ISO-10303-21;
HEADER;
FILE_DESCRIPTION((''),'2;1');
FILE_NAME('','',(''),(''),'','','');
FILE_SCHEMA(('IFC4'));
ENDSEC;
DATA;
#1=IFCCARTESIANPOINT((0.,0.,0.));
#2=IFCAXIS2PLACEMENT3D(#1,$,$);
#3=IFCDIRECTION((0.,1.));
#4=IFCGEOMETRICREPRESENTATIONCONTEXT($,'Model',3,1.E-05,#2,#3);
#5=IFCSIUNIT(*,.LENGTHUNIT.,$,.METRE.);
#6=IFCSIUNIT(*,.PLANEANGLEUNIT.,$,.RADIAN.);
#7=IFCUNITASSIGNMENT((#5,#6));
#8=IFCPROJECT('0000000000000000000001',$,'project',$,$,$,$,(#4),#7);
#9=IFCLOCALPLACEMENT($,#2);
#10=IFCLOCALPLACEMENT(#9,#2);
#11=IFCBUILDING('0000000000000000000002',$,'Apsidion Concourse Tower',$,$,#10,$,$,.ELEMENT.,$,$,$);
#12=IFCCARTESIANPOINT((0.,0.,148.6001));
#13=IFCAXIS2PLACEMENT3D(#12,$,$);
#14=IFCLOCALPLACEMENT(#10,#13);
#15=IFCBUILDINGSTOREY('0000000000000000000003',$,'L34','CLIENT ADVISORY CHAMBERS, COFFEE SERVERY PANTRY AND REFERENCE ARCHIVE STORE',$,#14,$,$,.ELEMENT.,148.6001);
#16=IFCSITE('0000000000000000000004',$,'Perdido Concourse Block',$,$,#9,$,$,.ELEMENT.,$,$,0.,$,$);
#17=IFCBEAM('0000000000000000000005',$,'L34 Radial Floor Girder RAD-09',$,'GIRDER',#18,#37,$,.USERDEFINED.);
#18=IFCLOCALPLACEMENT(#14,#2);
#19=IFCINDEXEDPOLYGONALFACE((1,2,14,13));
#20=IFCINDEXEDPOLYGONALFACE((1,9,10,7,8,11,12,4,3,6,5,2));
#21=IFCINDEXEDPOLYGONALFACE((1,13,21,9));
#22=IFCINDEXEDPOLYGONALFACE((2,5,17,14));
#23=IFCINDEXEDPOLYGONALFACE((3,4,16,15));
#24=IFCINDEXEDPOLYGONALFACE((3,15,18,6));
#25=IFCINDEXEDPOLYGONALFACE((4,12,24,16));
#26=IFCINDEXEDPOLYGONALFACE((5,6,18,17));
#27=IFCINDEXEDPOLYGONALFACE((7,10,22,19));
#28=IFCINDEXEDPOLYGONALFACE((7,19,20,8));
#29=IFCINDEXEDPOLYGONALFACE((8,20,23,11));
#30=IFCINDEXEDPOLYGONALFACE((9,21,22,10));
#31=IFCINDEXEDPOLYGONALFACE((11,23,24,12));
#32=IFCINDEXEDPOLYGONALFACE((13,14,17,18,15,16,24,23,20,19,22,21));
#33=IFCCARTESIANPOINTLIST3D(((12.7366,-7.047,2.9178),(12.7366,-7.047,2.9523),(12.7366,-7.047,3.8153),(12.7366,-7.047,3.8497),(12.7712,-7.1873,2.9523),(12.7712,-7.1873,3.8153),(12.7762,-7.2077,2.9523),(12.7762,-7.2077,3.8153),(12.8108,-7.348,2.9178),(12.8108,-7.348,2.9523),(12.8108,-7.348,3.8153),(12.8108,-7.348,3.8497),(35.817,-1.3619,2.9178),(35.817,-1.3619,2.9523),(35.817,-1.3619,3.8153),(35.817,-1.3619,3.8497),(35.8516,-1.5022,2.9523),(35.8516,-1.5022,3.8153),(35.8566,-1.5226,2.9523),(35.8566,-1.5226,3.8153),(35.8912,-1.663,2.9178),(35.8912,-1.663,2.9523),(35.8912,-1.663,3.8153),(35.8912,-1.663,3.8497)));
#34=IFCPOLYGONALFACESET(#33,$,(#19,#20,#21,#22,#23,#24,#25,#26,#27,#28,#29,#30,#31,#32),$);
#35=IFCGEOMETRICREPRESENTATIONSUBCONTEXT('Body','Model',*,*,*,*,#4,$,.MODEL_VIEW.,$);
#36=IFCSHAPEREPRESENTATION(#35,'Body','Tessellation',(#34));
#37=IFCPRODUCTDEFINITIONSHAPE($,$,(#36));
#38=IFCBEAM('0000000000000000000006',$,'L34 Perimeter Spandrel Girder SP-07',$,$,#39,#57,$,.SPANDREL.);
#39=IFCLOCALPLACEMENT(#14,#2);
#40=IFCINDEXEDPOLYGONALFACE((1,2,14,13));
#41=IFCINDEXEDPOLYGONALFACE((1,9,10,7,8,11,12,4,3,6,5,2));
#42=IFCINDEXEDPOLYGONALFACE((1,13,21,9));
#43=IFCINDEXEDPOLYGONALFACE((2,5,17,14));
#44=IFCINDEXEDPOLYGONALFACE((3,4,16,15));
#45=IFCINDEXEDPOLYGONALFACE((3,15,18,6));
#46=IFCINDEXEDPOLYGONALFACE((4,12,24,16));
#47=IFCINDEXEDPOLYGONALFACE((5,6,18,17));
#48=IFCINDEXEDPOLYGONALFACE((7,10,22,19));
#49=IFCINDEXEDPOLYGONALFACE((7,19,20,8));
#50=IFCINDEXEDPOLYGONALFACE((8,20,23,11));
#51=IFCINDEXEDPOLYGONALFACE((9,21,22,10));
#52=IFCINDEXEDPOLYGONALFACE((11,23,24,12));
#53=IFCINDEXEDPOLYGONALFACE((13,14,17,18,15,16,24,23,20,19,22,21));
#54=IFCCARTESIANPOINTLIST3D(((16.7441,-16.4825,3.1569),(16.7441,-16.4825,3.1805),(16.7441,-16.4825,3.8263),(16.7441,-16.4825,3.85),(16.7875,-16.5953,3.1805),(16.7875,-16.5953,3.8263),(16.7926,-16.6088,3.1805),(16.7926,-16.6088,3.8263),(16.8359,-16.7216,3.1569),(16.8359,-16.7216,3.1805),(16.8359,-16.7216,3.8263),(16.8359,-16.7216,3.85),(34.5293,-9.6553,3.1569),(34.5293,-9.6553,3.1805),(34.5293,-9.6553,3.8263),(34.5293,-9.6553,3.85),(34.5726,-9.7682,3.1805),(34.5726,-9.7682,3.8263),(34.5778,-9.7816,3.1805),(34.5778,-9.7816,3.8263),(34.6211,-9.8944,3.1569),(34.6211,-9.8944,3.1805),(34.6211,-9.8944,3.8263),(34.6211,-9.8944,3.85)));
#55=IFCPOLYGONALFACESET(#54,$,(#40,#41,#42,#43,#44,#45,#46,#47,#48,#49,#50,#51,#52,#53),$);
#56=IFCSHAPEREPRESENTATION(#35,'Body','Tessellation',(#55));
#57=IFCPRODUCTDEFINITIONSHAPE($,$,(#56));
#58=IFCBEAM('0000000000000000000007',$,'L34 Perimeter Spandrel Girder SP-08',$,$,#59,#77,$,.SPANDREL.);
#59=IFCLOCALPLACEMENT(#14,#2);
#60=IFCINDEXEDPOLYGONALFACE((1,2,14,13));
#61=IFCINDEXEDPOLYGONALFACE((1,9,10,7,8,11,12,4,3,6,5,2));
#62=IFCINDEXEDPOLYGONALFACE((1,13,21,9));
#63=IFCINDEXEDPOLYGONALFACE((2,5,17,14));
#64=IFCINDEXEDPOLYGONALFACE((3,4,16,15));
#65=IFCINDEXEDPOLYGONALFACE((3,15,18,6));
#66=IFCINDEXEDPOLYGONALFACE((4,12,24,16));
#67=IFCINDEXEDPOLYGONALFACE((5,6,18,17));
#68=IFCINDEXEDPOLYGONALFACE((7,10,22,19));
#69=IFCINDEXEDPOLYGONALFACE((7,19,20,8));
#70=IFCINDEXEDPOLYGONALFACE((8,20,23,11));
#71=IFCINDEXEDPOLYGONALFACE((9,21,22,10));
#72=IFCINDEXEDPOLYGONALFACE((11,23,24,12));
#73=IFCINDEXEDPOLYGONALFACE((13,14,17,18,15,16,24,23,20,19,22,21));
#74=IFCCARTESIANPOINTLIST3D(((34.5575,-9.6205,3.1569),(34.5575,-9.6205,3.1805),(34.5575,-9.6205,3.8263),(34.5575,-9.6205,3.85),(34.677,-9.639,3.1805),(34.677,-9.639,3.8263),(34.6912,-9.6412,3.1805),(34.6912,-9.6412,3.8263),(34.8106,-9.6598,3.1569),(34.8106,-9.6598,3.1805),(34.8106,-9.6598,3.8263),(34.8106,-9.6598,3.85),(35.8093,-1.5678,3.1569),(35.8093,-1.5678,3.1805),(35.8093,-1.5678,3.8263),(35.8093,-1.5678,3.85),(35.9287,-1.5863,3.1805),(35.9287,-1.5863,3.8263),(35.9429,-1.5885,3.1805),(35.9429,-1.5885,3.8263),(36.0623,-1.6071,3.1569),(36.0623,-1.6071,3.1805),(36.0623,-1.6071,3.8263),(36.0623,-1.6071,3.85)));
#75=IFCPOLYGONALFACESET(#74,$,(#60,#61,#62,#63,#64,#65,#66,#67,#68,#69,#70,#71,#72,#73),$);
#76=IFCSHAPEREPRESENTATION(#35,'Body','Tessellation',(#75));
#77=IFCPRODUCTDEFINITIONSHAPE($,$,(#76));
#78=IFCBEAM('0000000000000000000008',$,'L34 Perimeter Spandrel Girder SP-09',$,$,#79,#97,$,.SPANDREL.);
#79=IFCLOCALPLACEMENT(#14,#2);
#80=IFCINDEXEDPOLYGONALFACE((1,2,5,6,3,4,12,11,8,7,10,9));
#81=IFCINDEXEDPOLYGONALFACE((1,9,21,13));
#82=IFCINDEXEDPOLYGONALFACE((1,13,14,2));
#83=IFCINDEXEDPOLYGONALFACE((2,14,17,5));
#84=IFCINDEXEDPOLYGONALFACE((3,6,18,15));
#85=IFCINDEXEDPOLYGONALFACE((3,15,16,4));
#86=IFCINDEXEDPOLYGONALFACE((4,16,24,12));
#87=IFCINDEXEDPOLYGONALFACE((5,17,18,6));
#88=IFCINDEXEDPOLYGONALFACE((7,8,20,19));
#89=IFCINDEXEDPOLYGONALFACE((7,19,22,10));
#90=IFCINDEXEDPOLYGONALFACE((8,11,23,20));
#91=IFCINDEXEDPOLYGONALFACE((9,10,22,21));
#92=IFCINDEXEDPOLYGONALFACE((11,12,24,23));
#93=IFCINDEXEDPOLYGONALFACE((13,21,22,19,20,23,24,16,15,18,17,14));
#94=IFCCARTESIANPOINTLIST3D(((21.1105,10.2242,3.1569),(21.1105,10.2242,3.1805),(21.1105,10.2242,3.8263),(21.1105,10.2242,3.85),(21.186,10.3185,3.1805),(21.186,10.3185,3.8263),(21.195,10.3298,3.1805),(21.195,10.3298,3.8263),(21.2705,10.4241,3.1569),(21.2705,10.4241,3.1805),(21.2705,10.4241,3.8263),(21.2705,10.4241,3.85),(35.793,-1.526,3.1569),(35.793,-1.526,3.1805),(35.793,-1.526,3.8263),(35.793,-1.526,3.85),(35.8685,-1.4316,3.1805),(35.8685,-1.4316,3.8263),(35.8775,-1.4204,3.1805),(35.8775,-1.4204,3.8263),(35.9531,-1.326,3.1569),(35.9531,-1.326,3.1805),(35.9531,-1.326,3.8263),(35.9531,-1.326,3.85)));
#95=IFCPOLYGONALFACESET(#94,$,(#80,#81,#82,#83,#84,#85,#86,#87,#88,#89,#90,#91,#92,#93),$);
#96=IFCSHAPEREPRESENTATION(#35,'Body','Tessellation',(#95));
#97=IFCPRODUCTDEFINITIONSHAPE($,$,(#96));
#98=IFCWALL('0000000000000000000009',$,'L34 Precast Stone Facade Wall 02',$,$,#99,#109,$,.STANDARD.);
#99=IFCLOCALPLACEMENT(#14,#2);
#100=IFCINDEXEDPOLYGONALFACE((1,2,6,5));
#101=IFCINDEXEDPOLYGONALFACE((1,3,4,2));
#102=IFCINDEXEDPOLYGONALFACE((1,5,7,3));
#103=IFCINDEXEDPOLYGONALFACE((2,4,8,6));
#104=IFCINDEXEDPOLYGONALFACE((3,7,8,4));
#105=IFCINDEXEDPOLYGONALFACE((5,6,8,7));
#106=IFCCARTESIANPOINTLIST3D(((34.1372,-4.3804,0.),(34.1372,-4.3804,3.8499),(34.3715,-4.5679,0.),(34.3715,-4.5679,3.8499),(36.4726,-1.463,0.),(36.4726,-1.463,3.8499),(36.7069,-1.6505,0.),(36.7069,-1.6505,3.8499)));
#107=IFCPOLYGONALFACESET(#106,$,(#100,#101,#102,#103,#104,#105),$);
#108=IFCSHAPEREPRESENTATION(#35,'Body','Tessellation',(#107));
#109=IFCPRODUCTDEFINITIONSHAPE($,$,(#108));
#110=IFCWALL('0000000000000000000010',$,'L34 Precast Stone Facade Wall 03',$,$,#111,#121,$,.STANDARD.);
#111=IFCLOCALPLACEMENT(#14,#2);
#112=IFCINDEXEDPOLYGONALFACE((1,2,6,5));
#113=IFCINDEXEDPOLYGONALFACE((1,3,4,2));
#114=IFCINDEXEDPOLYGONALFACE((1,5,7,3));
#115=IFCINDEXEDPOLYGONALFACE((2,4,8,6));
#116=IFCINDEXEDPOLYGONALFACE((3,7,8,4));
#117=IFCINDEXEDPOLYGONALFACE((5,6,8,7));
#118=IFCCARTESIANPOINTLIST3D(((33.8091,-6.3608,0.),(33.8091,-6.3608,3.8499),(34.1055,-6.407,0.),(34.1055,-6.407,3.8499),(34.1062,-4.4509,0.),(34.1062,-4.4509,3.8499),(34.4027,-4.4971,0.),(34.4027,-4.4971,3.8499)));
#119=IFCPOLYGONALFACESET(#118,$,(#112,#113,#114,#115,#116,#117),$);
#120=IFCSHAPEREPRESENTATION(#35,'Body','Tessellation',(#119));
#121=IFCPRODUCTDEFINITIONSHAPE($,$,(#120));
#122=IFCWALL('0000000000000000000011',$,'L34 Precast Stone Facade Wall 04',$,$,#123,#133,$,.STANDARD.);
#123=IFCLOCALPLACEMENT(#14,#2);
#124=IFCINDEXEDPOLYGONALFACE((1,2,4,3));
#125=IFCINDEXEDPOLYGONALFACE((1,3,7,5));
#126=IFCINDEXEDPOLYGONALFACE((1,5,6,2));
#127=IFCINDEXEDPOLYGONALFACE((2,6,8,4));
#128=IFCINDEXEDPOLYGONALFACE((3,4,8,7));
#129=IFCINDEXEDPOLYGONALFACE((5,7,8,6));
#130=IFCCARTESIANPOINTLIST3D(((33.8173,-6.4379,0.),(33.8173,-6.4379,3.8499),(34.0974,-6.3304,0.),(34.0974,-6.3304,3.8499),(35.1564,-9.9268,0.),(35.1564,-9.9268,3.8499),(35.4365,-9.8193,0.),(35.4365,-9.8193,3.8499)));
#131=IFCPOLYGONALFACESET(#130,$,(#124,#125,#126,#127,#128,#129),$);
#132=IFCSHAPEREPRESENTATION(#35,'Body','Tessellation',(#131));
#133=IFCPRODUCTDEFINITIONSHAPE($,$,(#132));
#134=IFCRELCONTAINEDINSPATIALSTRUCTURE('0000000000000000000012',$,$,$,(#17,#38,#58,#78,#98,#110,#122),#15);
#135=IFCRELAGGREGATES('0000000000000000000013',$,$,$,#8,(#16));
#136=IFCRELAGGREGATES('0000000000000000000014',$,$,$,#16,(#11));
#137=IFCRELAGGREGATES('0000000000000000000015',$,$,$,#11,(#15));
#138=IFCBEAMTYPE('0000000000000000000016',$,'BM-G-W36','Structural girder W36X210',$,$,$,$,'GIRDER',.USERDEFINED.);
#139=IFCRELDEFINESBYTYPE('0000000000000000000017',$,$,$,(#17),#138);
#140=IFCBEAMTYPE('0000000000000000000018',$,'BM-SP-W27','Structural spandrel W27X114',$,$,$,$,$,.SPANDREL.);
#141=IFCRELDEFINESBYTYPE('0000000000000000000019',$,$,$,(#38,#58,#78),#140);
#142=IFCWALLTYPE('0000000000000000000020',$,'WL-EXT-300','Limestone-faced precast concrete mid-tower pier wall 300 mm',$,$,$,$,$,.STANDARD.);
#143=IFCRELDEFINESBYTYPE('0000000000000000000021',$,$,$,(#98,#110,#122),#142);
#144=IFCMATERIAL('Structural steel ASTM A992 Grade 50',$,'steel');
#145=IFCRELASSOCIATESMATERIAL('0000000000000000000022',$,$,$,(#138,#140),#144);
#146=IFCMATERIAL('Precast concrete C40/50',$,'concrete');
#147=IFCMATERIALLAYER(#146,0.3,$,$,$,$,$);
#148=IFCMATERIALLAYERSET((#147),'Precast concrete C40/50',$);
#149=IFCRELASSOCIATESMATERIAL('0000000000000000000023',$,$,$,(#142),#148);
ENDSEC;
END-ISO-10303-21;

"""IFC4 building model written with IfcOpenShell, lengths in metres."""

from ifc_helpers import new_model, si_unit, direction, frame, frame_2d, origin, origin_2d, place, context, subcontext, project, spatial, rectangle, i_section, extrude, material, layer, layer_set, material_profile, profile_set, type_object, element, save


model = new_model("IFC4")

# Units and contexts
model_context = context("Model", 3, precision=1e-05, world=origin(), true_north=direction((0.0, 1.0)))
body_context = subcontext(model_context, "Body", "Model", "MODEL_VIEW")
ifc_project = project(units=[si_unit("LENGTHUNIT", "METRE"), si_unit("PLANEANGLEUNIT", "RADIAN")], contexts=[model_context])

# Site, building, storey
site_placement = place(None, origin())
site = spatial("IfcSite", under=ifc_project, at=site_placement, Name="Perdido Concourse Block", CompositionType="ELEMENT", RefElevation=0.0)
building_placement = place(site_placement, origin())
building = spatial("IfcBuilding", under=site, at=building_placement, Name="Apsidion Concourse Tower", CompositionType="ELEMENT")
storey_placement = place(building_placement, frame((0.0, 0.0, 148.6001)))
storey = spatial("IfcBuildingStorey", under=building, at=storey_placement, Name="L34", Description="CLIENT ADVISORY CHAMBERS, COFFEE SERVERY PANTRY AND REFERENCE ARCHIVE STORE", CompositionType="ELEMENT", Elevation=148.6001)

# Shared definitions
ifc_material_1 = material(Name="Structural steel ASTM A992 Grade 50", Category="steel")

# Beams
ifc_material_profile_1 = material_profile(ifc_material_1, i_section(OverallWidth=0.3101, OverallDepth=0.9319, WebThickness=0.021, FlangeThickness=0.0344, at=origin_2d()), Name="W36X210")
ifc_profile_set_1 = profile_set([ifc_material_profile_1], Name="Structural steel ASTM A992 Grade 50")
beam_type_1 = type_object("IfcBeamType", Name="BM-G-W36", Description="Structural girder W36X210", ElementType="GIRDER", PredefinedType="USERDEFINED", material=ifc_profile_set_1)
beam_1_placement = place(storey_placement, frame((12.7737, -7.1975, 3.3838), z_axis=(0.970978, 0.239168, 0.0), x_axis=(-0.239168, 0.970978, 0.0)))
element("IfcBeam", 1, at=beam_1_placement, inside=storey, type_object=beam_type_1, Name="L34 Radial Floor Girder RAD-09", ObjectType="GIRDER", PredefinedType="USERDEFINED", context=body_context, shape_type="SweptSolid", body=[
    extrude(i_section(OverallWidth=0.3101, OverallDepth=0.9319, WebThickness=0.021, FlangeThickness=0.0344, at=origin_2d()), origin(), (0.0, 0.0, 1.0), 23.7703),
])
ifc_material_profile_2 = material_profile(ifc_material_1, i_section(OverallWidth=0.2561, OverallDepth=0.6931, WebThickness=0.0144, FlangeThickness=0.0237, at=origin_2d()), Name="W27X114")
ifc_profile_set_2 = profile_set([ifc_material_profile_2], Name="Structural steel ASTM A992 Grade 50")
beam_type_2 = type_object("IfcBeamType", Name="BM-SP-W27", Description="Structural spandrel W27X114", PredefinedType="SPANDREL", material=ifc_profile_set_2)
beam_2_placement = place(storey_placement, frame((16.79, -16.6021, 3.5034), z_axis=(0.933579, 0.358371, 0.0), x_axis=(-0.358371, 0.933579, 0.0)))
element("IfcBeam", 2, at=beam_2_placement, inside=storey, type_object=beam_type_2, Name="L34 Perimeter Spandrel Girder SP-07", PredefinedType="SPANDREL", context=body_context, shape_type="SweptSolid", body=[
    extrude(i_section(OverallWidth=0.2561, OverallDepth=0.6931, WebThickness=0.0144, FlangeThickness=0.0237, at=origin_2d()), origin(), (0.0, 0.0, 1.0), 19.0505),
])
beam_3_placement = place(storey_placement, frame((34.6841, -9.6401, 3.5034), z_axis=(0.153595, 0.988134, 0.0), x_axis=(-0.988134, 0.153595, 0.0)))
element("IfcBeam", 3, at=beam_3_placement, inside=storey, type_object=beam_type_2, Name="L34 Perimeter Spandrel Girder SP-08", PredefinedType="SPANDREL", context=body_context, shape_type="SweptSolid", body=[
    extrude(i_section(OverallWidth=0.2561, OverallDepth=0.6931, WebThickness=0.0144, FlangeThickness=0.0237, at=origin_2d()), origin(), (0.0, 0.0, 1.0), 8.1494),
])
beam_4_placement = place(storey_placement, frame((35.873, -1.426, 3.5034), z_axis=(-0.780761, 0.62483, 0.0), x_axis=(-0.62483, -0.780761, 0.0)))
element("IfcBeam", 4, at=beam_4_placement, inside=storey, type_object=beam_type_2, Name="L34 Perimeter Spandrel Girder SP-09", PredefinedType="SPANDREL", context=body_context, shape_type="SweptSolid", body=[
    extrude(i_section(OverallWidth=0.2561, OverallDepth=0.6931, WebThickness=0.0144, FlangeThickness=0.0237, at=origin_2d()), origin(), (0.0, 0.0, 1.0), 18.8054),
])

# Walls
ifc_material_2 = material(Name="Precast concrete C40/50", Category="concrete")
ifc_layer_1 = layer(ifc_material_2, 0.3)
ifc_layer_set_1 = layer_set([ifc_layer_1], Name="Precast concrete C40/50")
wall_type_1 = type_object("IfcWallType", Name="WL-EXT-300", Description="Limestone-faced precast concrete mid-tower pier wall 300 mm", PredefinedType="STANDARD", material=ifc_layer_set_1)
wall_1_placement = place(storey_placement, frame((36.5898, -1.5566, 0.0), z_axis=(0.0, 0.0, 1.0), x_axis=(-0.624934, -0.780678, 0.0)))
element("IfcWall", 5, at=wall_1_placement, inside=storey, type_object=wall_type_1, Name="L34 Precast Stone Facade Wall 02", PredefinedType="STANDARD", context=body_context, shape_type="SweptSolid", body=[
    extrude(rectangle(XDim=3.7371, YDim=0.3, at=frame_2d((1.8687, 0.0))), origin(), (0.0, 0.0, 1.0), 3.8499),
])
wall_2_placement = place(storey_placement, frame((34.2544, -4.4741, 0.0), z_axis=(0.0, 0.0, 1.0), x_axis=(-0.153718, -0.988115, 0.0)))
element("IfcWall", 6, at=wall_2_placement, inside=storey, type_object=wall_type_1, Name="L34 Precast Stone Facade Wall 03", PredefinedType="STANDARD", context=body_context, shape_type="SweptSolid", body=[
    extrude(rectangle(XDim=1.9329, YDim=0.3, at=frame_2d((0.9663, 0.0))), origin(), (0.0, 0.0, 1.0), 3.8499),
])
wall_3_placement = place(storey_placement, frame((33.9573, -6.384, 0.0), z_axis=(0.0, 0.0, 1.0), x_axis=(0.358344, -0.93359, 0.0)))
element("IfcWall", 7, at=wall_3_placement, inside=storey, type_object=wall_type_1, Name="L34 Precast Stone Facade Wall 04", PredefinedType="STANDARD", context=body_context, shape_type="SweptSolid", body=[
    extrude(rectangle(XDim=3.7371, YDim=0.3, at=frame_2d((1.8687, 0.0))), origin(), (0.0, 0.0, 1.0), 3.8499),
])

save(model, "model.ifc")
